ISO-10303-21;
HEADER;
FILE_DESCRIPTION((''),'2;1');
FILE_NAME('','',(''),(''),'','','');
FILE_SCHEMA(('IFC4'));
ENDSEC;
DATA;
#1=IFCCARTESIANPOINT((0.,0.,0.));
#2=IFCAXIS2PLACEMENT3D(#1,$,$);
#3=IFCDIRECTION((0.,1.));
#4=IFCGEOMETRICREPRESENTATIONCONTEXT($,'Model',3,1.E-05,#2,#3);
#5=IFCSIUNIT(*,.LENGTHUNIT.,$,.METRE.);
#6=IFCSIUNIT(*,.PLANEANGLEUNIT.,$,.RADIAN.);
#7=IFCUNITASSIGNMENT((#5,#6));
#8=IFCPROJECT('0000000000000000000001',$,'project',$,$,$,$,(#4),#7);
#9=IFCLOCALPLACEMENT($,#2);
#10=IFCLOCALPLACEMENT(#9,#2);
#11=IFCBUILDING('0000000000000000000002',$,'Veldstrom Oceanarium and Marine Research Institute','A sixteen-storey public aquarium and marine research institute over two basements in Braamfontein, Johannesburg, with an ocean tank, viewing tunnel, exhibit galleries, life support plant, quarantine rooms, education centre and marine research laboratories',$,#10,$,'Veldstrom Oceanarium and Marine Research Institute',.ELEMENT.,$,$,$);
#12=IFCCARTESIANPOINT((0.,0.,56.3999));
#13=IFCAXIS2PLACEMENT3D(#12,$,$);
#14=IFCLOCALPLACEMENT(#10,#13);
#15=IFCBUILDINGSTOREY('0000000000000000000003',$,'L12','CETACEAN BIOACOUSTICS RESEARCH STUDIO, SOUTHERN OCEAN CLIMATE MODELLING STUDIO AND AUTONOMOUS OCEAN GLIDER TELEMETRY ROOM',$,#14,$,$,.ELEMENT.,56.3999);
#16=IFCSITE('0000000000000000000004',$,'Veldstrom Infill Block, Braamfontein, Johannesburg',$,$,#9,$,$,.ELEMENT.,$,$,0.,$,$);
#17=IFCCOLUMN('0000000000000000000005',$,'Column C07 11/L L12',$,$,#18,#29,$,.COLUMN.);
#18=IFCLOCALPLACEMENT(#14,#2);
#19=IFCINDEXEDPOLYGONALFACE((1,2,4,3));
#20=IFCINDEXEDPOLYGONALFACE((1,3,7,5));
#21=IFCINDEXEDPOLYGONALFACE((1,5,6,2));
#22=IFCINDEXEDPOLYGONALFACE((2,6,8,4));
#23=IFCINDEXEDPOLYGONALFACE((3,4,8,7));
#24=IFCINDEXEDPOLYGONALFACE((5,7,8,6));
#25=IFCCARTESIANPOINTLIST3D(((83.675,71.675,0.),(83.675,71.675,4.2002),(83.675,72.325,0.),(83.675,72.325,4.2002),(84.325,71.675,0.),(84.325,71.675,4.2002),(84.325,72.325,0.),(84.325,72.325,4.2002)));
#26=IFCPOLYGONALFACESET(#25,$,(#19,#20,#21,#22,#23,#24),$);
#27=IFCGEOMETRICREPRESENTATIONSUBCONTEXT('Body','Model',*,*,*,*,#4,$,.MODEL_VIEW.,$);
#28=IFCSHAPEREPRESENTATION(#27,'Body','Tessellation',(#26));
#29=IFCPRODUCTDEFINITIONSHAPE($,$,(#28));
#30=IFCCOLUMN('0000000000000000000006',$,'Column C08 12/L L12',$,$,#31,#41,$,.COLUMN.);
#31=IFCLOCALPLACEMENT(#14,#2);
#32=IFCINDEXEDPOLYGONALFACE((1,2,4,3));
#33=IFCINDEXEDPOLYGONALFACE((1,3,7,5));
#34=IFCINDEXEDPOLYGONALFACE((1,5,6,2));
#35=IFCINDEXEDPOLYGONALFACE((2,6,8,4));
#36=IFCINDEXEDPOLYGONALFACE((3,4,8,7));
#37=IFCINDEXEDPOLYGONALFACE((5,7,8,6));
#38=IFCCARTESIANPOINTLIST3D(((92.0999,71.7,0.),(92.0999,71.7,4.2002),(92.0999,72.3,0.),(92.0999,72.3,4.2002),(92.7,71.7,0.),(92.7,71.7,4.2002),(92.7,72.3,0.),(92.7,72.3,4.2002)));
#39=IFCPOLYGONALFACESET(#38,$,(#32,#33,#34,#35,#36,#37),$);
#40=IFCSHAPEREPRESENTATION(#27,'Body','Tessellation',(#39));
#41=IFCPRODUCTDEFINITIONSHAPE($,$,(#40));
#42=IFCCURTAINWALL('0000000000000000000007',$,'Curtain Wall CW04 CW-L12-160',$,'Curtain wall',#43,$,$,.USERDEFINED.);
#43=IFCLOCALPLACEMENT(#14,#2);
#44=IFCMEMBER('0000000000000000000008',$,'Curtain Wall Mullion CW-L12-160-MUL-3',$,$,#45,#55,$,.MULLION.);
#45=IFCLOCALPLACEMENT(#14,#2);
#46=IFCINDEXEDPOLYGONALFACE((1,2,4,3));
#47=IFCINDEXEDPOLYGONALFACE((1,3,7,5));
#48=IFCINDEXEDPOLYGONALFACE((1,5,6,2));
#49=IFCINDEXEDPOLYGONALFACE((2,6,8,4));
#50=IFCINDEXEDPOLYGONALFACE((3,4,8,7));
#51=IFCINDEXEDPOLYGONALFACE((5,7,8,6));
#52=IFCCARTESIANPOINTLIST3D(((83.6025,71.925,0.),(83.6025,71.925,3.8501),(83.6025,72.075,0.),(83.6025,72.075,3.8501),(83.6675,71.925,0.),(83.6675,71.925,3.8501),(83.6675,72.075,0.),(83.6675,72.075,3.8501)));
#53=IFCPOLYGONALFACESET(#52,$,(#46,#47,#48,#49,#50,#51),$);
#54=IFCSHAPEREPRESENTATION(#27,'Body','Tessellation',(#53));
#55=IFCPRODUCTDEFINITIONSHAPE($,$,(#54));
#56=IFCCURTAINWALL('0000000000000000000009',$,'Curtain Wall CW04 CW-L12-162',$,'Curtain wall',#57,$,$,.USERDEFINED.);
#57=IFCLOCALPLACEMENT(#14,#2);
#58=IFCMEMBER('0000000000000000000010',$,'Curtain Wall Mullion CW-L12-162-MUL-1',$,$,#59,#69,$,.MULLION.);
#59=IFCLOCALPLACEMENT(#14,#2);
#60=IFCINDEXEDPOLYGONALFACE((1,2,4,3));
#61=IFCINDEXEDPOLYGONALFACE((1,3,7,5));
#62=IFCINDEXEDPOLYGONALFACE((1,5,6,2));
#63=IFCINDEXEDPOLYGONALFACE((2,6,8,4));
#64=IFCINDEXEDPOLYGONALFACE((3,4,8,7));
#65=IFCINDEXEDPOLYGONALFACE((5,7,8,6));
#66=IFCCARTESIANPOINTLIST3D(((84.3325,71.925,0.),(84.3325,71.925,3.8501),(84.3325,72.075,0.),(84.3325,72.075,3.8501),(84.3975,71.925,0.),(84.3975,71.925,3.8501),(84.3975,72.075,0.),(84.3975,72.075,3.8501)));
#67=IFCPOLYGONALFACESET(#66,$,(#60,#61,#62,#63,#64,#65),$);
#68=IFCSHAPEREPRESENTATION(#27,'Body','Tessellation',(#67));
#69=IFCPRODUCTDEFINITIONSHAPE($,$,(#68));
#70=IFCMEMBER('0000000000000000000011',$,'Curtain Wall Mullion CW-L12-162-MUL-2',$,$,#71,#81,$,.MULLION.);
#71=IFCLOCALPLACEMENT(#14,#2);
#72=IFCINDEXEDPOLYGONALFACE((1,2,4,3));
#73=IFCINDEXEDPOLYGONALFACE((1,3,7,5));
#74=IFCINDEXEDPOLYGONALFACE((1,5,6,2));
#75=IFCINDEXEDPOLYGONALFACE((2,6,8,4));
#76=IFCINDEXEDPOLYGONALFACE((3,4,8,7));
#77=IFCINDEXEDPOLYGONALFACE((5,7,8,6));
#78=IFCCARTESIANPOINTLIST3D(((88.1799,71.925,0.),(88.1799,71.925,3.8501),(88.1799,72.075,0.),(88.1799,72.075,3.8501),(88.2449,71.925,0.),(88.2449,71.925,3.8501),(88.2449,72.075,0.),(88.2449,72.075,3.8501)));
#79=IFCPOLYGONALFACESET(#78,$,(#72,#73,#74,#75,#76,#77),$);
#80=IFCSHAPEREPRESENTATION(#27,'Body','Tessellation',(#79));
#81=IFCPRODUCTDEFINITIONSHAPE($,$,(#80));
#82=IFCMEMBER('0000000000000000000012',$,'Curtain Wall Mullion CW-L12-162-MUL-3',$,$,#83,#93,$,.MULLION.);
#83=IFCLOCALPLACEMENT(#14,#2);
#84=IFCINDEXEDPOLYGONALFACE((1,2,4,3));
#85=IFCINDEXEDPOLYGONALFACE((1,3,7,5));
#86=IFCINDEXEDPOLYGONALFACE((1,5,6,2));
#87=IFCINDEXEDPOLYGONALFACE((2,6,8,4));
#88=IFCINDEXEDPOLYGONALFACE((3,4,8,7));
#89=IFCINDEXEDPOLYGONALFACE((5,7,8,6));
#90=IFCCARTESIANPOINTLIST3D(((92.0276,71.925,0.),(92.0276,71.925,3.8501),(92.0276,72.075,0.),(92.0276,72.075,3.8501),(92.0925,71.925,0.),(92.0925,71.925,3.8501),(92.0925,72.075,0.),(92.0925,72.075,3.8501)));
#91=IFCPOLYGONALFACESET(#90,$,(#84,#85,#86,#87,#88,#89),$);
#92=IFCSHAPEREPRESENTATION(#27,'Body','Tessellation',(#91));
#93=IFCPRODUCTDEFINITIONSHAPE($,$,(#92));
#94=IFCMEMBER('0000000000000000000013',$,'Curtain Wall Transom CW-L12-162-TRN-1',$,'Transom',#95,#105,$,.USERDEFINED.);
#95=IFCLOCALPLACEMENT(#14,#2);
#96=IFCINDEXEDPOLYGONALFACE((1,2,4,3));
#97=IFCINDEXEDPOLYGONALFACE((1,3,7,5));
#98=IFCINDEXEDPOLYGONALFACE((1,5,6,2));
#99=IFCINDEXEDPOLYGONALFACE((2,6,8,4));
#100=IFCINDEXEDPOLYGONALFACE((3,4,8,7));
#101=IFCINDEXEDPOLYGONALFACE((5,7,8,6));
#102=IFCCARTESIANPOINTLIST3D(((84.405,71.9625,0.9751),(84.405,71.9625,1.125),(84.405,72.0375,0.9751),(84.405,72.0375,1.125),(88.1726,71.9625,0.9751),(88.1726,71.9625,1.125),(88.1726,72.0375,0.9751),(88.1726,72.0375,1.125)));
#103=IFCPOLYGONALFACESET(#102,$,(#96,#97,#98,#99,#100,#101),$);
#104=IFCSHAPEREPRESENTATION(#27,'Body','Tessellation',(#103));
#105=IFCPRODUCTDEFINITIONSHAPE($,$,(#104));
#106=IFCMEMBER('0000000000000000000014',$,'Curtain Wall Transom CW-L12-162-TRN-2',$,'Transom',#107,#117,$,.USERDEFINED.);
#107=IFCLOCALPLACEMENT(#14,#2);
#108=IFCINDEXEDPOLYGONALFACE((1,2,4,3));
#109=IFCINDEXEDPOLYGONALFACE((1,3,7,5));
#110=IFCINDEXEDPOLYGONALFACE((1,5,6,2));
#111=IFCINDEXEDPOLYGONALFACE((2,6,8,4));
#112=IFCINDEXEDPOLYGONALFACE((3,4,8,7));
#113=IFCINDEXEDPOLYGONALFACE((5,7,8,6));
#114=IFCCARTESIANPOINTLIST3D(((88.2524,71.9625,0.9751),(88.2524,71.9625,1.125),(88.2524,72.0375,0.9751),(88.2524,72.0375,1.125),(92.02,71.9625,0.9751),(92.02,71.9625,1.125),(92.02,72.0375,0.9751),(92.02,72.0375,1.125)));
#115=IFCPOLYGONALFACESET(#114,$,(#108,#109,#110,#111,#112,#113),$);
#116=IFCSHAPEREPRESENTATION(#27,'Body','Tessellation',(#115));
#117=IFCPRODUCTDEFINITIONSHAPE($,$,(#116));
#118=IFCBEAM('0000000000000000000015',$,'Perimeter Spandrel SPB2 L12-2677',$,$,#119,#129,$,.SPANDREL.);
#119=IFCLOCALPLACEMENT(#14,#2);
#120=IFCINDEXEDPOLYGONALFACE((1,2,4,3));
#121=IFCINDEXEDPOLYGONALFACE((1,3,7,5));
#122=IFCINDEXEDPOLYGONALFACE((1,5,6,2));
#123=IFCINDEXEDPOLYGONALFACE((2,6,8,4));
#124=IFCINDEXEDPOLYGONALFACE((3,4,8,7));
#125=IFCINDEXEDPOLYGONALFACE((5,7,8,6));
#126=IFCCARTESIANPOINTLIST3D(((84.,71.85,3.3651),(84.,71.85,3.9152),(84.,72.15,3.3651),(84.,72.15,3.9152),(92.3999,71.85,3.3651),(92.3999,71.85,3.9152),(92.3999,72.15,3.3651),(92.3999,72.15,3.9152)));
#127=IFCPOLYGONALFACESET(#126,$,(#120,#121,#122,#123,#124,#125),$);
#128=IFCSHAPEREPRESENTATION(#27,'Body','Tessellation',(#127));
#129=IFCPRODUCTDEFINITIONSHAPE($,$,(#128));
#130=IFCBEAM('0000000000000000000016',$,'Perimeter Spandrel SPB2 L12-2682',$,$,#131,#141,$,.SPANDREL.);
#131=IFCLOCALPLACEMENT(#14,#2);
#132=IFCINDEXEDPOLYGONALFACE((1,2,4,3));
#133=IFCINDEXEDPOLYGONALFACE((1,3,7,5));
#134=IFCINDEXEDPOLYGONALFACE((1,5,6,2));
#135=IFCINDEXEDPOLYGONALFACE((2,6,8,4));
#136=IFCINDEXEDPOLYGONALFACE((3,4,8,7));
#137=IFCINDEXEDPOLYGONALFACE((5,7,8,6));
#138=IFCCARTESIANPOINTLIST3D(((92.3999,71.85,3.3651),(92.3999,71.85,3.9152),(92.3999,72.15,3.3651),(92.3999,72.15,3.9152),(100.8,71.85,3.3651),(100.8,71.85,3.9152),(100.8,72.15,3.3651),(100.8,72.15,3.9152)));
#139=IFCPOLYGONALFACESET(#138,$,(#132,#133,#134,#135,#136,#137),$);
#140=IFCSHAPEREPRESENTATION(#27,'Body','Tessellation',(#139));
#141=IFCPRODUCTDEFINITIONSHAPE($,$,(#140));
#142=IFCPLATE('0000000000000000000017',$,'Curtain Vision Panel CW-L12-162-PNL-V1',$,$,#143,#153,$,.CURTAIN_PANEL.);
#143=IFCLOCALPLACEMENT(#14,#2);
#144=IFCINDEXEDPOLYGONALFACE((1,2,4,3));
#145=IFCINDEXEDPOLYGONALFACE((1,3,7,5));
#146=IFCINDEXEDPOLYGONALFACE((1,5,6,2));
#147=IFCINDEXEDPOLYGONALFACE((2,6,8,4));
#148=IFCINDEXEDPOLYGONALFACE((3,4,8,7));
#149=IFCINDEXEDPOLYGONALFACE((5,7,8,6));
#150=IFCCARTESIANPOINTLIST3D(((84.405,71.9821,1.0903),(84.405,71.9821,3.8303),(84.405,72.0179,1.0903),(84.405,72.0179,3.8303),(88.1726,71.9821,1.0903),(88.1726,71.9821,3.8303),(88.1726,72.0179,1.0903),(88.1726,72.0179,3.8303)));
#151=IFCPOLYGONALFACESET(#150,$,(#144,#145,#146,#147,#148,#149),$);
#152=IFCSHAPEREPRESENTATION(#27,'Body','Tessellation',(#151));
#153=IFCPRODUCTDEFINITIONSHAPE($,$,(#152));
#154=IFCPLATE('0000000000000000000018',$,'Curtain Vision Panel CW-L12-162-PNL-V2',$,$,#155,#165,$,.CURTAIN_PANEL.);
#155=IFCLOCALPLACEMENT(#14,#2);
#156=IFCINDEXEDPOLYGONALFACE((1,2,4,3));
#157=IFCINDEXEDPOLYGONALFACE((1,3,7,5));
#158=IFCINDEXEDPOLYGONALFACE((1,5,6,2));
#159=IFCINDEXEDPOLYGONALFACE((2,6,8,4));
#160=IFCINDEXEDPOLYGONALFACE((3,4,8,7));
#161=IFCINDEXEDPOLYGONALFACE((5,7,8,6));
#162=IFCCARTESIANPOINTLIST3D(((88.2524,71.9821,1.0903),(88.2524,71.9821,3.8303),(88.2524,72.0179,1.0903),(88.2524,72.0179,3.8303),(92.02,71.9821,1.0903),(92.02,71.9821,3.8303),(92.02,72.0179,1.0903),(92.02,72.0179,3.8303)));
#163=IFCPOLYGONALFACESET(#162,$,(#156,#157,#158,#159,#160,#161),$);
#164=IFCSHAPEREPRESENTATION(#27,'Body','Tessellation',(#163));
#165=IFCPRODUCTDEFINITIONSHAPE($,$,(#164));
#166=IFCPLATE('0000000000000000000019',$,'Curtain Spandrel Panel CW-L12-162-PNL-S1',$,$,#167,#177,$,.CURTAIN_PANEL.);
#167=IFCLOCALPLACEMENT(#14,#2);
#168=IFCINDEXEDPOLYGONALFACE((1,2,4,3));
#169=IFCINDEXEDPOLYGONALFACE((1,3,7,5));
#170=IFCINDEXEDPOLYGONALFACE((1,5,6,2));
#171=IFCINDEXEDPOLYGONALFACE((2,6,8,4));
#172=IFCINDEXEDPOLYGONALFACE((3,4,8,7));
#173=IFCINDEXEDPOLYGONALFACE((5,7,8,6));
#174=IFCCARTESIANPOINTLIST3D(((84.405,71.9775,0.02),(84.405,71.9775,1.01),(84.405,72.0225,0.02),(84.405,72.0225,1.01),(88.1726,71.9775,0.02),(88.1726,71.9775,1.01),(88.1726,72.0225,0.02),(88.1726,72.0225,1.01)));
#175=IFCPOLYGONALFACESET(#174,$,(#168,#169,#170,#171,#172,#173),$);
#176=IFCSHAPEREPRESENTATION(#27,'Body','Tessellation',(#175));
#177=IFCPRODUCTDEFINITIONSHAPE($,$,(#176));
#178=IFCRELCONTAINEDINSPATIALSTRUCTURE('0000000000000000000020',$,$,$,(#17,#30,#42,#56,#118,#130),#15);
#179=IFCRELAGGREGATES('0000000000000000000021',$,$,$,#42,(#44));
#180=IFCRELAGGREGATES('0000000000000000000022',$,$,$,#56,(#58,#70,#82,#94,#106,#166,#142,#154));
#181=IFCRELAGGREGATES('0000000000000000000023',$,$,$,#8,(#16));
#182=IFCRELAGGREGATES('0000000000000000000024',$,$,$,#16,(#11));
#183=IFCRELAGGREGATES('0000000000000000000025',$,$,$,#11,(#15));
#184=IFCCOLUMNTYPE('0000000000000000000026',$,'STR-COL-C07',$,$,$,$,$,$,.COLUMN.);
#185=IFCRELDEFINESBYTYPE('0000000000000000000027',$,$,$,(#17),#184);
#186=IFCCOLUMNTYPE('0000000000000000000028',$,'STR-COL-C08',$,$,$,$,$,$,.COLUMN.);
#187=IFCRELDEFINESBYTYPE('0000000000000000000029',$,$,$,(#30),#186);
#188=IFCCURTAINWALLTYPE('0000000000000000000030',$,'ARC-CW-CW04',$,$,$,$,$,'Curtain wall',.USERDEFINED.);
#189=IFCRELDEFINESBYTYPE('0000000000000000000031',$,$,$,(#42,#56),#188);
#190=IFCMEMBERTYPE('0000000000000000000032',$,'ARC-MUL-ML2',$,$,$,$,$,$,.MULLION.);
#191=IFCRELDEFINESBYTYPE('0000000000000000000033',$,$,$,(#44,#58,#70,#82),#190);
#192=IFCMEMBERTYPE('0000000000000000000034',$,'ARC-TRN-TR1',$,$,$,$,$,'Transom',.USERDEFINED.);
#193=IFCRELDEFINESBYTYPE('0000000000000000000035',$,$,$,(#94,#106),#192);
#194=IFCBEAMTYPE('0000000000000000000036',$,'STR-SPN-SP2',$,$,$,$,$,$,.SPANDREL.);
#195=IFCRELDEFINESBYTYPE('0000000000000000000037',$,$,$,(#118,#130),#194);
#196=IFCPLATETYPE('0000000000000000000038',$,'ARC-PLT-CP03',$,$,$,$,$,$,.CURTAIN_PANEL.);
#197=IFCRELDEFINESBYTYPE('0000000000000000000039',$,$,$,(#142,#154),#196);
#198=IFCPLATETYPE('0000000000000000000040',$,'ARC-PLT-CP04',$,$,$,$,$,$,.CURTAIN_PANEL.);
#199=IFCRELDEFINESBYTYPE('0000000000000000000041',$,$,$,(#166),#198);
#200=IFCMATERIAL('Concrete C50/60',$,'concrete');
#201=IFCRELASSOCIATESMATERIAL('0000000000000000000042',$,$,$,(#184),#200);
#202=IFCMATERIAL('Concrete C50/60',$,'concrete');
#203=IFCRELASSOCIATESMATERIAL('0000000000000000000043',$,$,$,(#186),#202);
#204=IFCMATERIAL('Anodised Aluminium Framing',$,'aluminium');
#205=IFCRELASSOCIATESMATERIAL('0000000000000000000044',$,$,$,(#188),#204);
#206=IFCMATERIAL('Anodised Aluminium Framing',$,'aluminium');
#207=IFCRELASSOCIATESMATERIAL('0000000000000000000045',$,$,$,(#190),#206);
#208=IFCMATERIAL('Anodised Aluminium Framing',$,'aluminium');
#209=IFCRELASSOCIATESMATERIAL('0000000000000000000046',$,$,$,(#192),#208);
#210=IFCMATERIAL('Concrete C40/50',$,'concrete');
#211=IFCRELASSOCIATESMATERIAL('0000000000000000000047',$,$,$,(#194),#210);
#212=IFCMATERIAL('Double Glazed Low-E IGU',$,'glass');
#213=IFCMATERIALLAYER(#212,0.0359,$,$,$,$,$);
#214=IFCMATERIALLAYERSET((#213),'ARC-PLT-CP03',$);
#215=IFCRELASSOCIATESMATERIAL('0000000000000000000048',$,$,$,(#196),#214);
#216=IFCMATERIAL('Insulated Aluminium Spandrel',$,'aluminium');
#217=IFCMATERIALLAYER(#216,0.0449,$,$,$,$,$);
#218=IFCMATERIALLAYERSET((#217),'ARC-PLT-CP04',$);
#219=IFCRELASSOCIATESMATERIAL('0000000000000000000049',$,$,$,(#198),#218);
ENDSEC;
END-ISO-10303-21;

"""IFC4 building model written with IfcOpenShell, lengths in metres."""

from ifc_helpers import new_model, si_unit, direction, frame, origin, origin_2d, place, context, subcontext, project, spatial, rectangle, extrude, material, layer, layer_set, material_profile, profile_set, type_object, element, aggregate, save


model = new_model("IFC4")

# Units and contexts
model_context = context("Model", 3, precision=1e-05, world=origin(), true_north=direction((0.0, 1.0)))
body_context = subcontext(model_context, "Body", "Model", "MODEL_VIEW")
ifc_project = project(units=[si_unit("LENGTHUNIT", "METRE"), si_unit("PLANEANGLEUNIT", "RADIAN")], contexts=[model_context])

# Site, building, storey
site_placement = place(None, origin())
site = spatial("IfcSite", under=ifc_project, at=site_placement, Name="Veldstrom Infill Block, Braamfontein, Johannesburg", CompositionType="ELEMENT", RefElevation=0.0)
building_placement = place(site_placement, origin())
building = spatial("IfcBuilding", under=site, at=building_placement, Name="Veldstrom Oceanarium and Marine Research Institute", Description="A sixteen-storey public aquarium and marine research institute over two basements in Braamfontein, Johannesburg, with an ocean tank, viewing tunnel, exhibit galleries, life support plant, quarantine rooms, education centre and marine research laboratories", LongName="Veldstrom Oceanarium and Marine Research Institute", CompositionType="ELEMENT")
storey_placement = place(building_placement, frame((0.0, 0.0, 56.3999)))
storey = spatial("IfcBuildingStorey", under=building, at=storey_placement, Name="L12", Description="CETACEAN BIOACOUSTICS RESEARCH STUDIO, SOUTHERN OCEAN CLIMATE MODELLING STUDIO AND AUTONOMOUS OCEAN GLIDER TELEMETRY ROOM", CompositionType="ELEMENT", Elevation=56.3999)

# Columns
ifc_material_1 = material(Name="Concrete C50/60", Category="concrete")
ifc_material_profile_1 = material_profile(ifc_material_1, rectangle(XDim=0.6499, YDim=0.6499, at=origin_2d()), Name="RC-COL-650x650")
ifc_profile_set_1 = profile_set([ifc_material_profile_1], Name="Concrete C50/60")
column_type_1 = type_object("IfcColumnType", Name="STR-COL-C07", PredefinedType="COLUMN", material=ifc_profile_set_1)
column_1_placement = place(storey_placement, frame((84.0, 72.0, 0.0), z_axis=(0.0, 0.0, 1.0), x_axis=(1.0, 0.0, 0.0)))
element("IfcColumn", 1, at=column_1_placement, inside=storey, type_object=column_type_1, Name="Column C07 11/L L12", PredefinedType="COLUMN", context=body_context, shape_type="SweptSolid", body=[
    extrude(rectangle(XDim=0.6499, YDim=0.6499, at=origin_2d()), origin(), (0.0, 0.0, 1.0), 4.2002),
])
ifc_material_2 = material(Name="Concrete C50/60", Category="concrete")
ifc_material_profile_2 = material_profile(ifc_material_2, rectangle(XDim=0.6001, YDim=0.6001, at=origin_2d()), Name="RC-COL-600x600")
ifc_profile_set_2 = profile_set([ifc_material_profile_2], Name="Concrete C50/60")
column_type_2 = type_object("IfcColumnType", Name="STR-COL-C08", PredefinedType="COLUMN", material=ifc_profile_set_2)
column_2_placement = place(storey_placement, frame((92.3999, 72.0, 0.0), z_axis=(0.0, 0.0, 1.0), x_axis=(1.0, 0.0, 0.0)))
element("IfcColumn", 2, at=column_2_placement, inside=storey, type_object=column_type_2, Name="Column C08 12/L L12", PredefinedType="COLUMN", context=body_context, shape_type="SweptSolid", body=[
    extrude(rectangle(XDim=0.6001, YDim=0.6001, at=origin_2d()), origin(), (0.0, 0.0, 1.0), 4.2002),
])

# Curtain wall, member
ifc_material_3 = material(Name="Anodised Aluminium Framing", Category="aluminium")
curtain_wall_type = type_object("IfcCurtainWallType", Name="ARC-CW-CW04", ElementType="Curtain wall", PredefinedType="USERDEFINED", material=ifc_material_3)
curtain_wall_1_placement = place(storey_placement, origin())
curtain_wall_1 = element("IfcCurtainWall", 3, at=curtain_wall_1_placement, inside=storey, type_object=curtain_wall_type, Name="Curtain Wall CW04 CW-L12-160", ObjectType="Curtain wall", PredefinedType="USERDEFINED")
ifc_material_4 = material(Name="Anodised Aluminium Framing", Category="aluminium")
ifc_material_profile_3 = material_profile(ifc_material_4, rectangle(XDim=0.0649, YDim=0.1499, at=origin_2d()), Name="ALU-MUL-65x150")
ifc_profile_set_3 = profile_set([ifc_material_profile_3], Name="Anodised Aluminium Framing")
member_type_1 = type_object("IfcMemberType", Name="ARC-MUL-ML2", PredefinedType="MULLION", material=ifc_profile_set_3)
member_1_placement = place(storey_placement, frame((83.635, 72.0, 0.0), z_axis=(0.0, 0.0, 1.0), x_axis=(1.0, 0.0, 0.0)))
member_1 = element("IfcMember", 4, at=member_1_placement, type_object=member_type_1, Name="Curtain Wall Mullion CW-L12-160-MUL-3", PredefinedType="MULLION", context=body_context, shape_type="SweptSolid", body=[
    extrude(rectangle(XDim=0.0649, YDim=0.1499, at=origin_2d()), origin(), (0.0, 0.0, 1.0), 3.8501),
])
aggregate(curtain_wall_1, [member_1])

# Curtain wall, members
curtain_wall_2_placement = place(storey_placement, origin())
curtain_wall_2 = element("IfcCurtainWall", 5, at=curtain_wall_2_placement, inside=storey, type_object=curtain_wall_type, Name="Curtain Wall CW04 CW-L12-162", ObjectType="Curtain wall", PredefinedType="USERDEFINED")
member_2_placement = place(storey_placement, frame((84.365, 72.0, 0.0), z_axis=(0.0, 0.0, 1.0), x_axis=(1.0, 0.0, 0.0)))
member_2 = element("IfcMember", 6, at=member_2_placement, type_object=member_type_1, Name="Curtain Wall Mullion CW-L12-162-MUL-1", PredefinedType="MULLION", context=body_context, shape_type="SweptSolid", body=[
    extrude(rectangle(XDim=0.0649, YDim=0.1499, at=origin_2d()), origin(), (0.0, 0.0, 1.0), 3.8501),
])
member_3_placement = place(storey_placement, frame((88.2124, 72.0, 0.0), z_axis=(0.0, 0.0, 1.0), x_axis=(1.0, 0.0, 0.0)))
member_3 = element("IfcMember", 7, at=member_3_placement, type_object=member_type_1, Name="Curtain Wall Mullion CW-L12-162-MUL-2", PredefinedType="MULLION", context=body_context, shape_type="SweptSolid", body=[
    extrude(rectangle(XDim=0.0649, YDim=0.1499, at=origin_2d()), origin(), (0.0, 0.0, 1.0), 3.8501),
])
member_4_placement = place(storey_placement, frame((92.0601, 72.0, 0.0), z_axis=(0.0, 0.0, 1.0), x_axis=(1.0, 0.0, 0.0)))
member_4 = element("IfcMember", 8, at=member_4_placement, type_object=member_type_1, Name="Curtain Wall Mullion CW-L12-162-MUL-3", PredefinedType="MULLION", context=body_context, shape_type="SweptSolid", body=[
    extrude(rectangle(XDim=0.0649, YDim=0.1499, at=origin_2d()), origin(), (0.0, 0.0, 1.0), 3.8501),
])
ifc_material_5 = material(Name="Anodised Aluminium Framing", Category="aluminium")
ifc_material_profile_4 = material_profile(ifc_material_5, rectangle(XDim=0.075, YDim=0.1499, at=origin_2d()), Name="ALU-TRN-75x150")
ifc_profile_set_4 = profile_set([ifc_material_profile_4], Name="Anodised Aluminium Framing")
member_type_2 = type_object("IfcMemberType", Name="ARC-TRN-TR1", ElementType="Transom", PredefinedType="USERDEFINED", material=ifc_profile_set_4)
member_5_placement = place(storey_placement, frame((84.405, 72.0, 1.05), z_axis=(1.0, 0.0, 0.0), x_axis=(0.0, 1.0, 0.0)))
member_5 = element("IfcMember", 9, at=member_5_placement, type_object=member_type_2, Name="Curtain Wall Transom CW-L12-162-TRN-1", ObjectType="Transom", PredefinedType="USERDEFINED", context=body_context, shape_type="SweptSolid", body=[
    extrude(rectangle(XDim=0.075, YDim=0.1499, at=origin_2d()), origin(), (0.0, 0.0, 1.0), 3.7676),
])
member_6_placement = place(storey_placement, frame((88.2524, 72.0, 1.05), z_axis=(1.0, 0.0, 0.0), x_axis=(0.0, 1.0, 0.0)))
member_6 = element("IfcMember", 10, at=member_6_placement, type_object=member_type_2, Name="Curtain Wall Transom CW-L12-162-TRN-2", ObjectType="Transom", PredefinedType="USERDEFINED", context=body_context, shape_type="SweptSolid", body=[
    extrude(rectangle(XDim=0.075, YDim=0.1499, at=origin_2d()), origin(), (0.0, 0.0, 1.0), 3.7676),
])

# Beams
ifc_material_6 = material(Name="Concrete C40/50", Category="concrete")
ifc_material_profile_5 = material_profile(ifc_material_6, rectangle(XDim=0.3, YDim=0.55, at=origin_2d()), Name="RC-SPN-300x550")
ifc_profile_set_5 = profile_set([ifc_material_profile_5], Name="Concrete C40/50")
beam_type = type_object("IfcBeamType", Name="STR-SPN-SP2", PredefinedType="SPANDREL", material=ifc_profile_set_5)
beam_1_placement = place(storey_placement, frame((84.0, 72.0, 3.6401), z_axis=(1.0, 0.0, 0.0), x_axis=(0.0, 1.0, 0.0)))
element("IfcBeam", 11, at=beam_1_placement, inside=storey, type_object=beam_type, Name="Perimeter Spandrel SPB2 L12-2677", PredefinedType="SPANDREL", context=body_context, shape_type="SweptSolid", body=[
    extrude(rectangle(XDim=0.3, YDim=0.55, at=origin_2d()), origin(), (0.0, 0.0, 1.0), 8.3999),
])
beam_2_placement = place(storey_placement, frame((92.3999, 72.0, 3.6401), z_axis=(1.0, 0.0, 0.0), x_axis=(0.0, 1.0, 0.0)))
element("IfcBeam", 12, at=beam_2_placement, inside=storey, type_object=beam_type, Name="Perimeter Spandrel SPB2 L12-2682", PredefinedType="SPANDREL", context=body_context, shape_type="SweptSolid", body=[
    extrude(rectangle(XDim=0.3, YDim=0.55, at=origin_2d()), origin(), (0.0, 0.0, 1.0), 8.4001),
])

# Plates
ifc_material_7 = material(Name="Double Glazed Low-E IGU", Category="glass")
ifc_layer_1 = layer(ifc_material_7, 0.0359)
ifc_layer_set_1 = layer_set([ifc_layer_1], Name="ARC-PLT-CP03")
plate_type_1 = type_object("IfcPlateType", Name="ARC-PLT-CP03", PredefinedType="CURTAIN_PANEL", material=ifc_layer_set_1)
plate_1_placement = place(storey_placement, frame((86.2888, 72.0, 1.0903), z_axis=(0.0, 0.0, 1.0), x_axis=(1.0, 0.0, 0.0)))
plate_1 = element("IfcPlate", 13, at=plate_1_placement, type_object=plate_type_1, Name="Curtain Vision Panel CW-L12-162-PNL-V1", PredefinedType="CURTAIN_PANEL", context=body_context, shape_type="SweptSolid", body=[
    extrude(rectangle(XDim=3.7676, YDim=0.0359, at=origin_2d()), origin(), (0.0, 0.0, 1.0), 2.74),
])
plate_2_placement = place(storey_placement, frame((90.1362, 72.0, 1.0903), z_axis=(0.0, 0.0, 1.0), x_axis=(1.0, 0.0, 0.0)))
plate_2 = element("IfcPlate", 14, at=plate_2_placement, type_object=plate_type_1, Name="Curtain Vision Panel CW-L12-162-PNL-V2", PredefinedType="CURTAIN_PANEL", context=body_context, shape_type="SweptSolid", body=[
    extrude(rectangle(XDim=3.7676, YDim=0.0359, at=origin_2d()), origin(), (0.0, 0.0, 1.0), 2.74),
])
ifc_material_8 = material(Name="Insulated Aluminium Spandrel", Category="aluminium")
ifc_layer_2 = layer(ifc_material_8, 0.0449)
ifc_layer_set_2 = layer_set([ifc_layer_2], Name="ARC-PLT-CP04")
plate_type_2 = type_object("IfcPlateType", Name="ARC-PLT-CP04", PredefinedType="CURTAIN_PANEL", material=ifc_layer_set_2)
plate_3_placement = place(storey_placement, frame((86.2888, 72.0, 0.02), z_axis=(0.0, 0.0, 1.0), x_axis=(1.0, 0.0, 0.0)))
plate_3 = element("IfcPlate", 15, at=plate_3_placement, type_object=plate_type_2, Name="Curtain Spandrel Panel CW-L12-162-PNL-S1", PredefinedType="CURTAIN_PANEL", context=body_context, shape_type="SweptSolid", body=[
    extrude(rectangle(XDim=3.7676, YDim=0.0449, at=origin_2d()), origin(), (0.0, 0.0, 1.0), 0.99),
])
aggregate(curtain_wall_2, [member_2, member_3, member_4, member_5, member_6, plate_3, plate_1, plate_2])

save(model, "model.ifc")
